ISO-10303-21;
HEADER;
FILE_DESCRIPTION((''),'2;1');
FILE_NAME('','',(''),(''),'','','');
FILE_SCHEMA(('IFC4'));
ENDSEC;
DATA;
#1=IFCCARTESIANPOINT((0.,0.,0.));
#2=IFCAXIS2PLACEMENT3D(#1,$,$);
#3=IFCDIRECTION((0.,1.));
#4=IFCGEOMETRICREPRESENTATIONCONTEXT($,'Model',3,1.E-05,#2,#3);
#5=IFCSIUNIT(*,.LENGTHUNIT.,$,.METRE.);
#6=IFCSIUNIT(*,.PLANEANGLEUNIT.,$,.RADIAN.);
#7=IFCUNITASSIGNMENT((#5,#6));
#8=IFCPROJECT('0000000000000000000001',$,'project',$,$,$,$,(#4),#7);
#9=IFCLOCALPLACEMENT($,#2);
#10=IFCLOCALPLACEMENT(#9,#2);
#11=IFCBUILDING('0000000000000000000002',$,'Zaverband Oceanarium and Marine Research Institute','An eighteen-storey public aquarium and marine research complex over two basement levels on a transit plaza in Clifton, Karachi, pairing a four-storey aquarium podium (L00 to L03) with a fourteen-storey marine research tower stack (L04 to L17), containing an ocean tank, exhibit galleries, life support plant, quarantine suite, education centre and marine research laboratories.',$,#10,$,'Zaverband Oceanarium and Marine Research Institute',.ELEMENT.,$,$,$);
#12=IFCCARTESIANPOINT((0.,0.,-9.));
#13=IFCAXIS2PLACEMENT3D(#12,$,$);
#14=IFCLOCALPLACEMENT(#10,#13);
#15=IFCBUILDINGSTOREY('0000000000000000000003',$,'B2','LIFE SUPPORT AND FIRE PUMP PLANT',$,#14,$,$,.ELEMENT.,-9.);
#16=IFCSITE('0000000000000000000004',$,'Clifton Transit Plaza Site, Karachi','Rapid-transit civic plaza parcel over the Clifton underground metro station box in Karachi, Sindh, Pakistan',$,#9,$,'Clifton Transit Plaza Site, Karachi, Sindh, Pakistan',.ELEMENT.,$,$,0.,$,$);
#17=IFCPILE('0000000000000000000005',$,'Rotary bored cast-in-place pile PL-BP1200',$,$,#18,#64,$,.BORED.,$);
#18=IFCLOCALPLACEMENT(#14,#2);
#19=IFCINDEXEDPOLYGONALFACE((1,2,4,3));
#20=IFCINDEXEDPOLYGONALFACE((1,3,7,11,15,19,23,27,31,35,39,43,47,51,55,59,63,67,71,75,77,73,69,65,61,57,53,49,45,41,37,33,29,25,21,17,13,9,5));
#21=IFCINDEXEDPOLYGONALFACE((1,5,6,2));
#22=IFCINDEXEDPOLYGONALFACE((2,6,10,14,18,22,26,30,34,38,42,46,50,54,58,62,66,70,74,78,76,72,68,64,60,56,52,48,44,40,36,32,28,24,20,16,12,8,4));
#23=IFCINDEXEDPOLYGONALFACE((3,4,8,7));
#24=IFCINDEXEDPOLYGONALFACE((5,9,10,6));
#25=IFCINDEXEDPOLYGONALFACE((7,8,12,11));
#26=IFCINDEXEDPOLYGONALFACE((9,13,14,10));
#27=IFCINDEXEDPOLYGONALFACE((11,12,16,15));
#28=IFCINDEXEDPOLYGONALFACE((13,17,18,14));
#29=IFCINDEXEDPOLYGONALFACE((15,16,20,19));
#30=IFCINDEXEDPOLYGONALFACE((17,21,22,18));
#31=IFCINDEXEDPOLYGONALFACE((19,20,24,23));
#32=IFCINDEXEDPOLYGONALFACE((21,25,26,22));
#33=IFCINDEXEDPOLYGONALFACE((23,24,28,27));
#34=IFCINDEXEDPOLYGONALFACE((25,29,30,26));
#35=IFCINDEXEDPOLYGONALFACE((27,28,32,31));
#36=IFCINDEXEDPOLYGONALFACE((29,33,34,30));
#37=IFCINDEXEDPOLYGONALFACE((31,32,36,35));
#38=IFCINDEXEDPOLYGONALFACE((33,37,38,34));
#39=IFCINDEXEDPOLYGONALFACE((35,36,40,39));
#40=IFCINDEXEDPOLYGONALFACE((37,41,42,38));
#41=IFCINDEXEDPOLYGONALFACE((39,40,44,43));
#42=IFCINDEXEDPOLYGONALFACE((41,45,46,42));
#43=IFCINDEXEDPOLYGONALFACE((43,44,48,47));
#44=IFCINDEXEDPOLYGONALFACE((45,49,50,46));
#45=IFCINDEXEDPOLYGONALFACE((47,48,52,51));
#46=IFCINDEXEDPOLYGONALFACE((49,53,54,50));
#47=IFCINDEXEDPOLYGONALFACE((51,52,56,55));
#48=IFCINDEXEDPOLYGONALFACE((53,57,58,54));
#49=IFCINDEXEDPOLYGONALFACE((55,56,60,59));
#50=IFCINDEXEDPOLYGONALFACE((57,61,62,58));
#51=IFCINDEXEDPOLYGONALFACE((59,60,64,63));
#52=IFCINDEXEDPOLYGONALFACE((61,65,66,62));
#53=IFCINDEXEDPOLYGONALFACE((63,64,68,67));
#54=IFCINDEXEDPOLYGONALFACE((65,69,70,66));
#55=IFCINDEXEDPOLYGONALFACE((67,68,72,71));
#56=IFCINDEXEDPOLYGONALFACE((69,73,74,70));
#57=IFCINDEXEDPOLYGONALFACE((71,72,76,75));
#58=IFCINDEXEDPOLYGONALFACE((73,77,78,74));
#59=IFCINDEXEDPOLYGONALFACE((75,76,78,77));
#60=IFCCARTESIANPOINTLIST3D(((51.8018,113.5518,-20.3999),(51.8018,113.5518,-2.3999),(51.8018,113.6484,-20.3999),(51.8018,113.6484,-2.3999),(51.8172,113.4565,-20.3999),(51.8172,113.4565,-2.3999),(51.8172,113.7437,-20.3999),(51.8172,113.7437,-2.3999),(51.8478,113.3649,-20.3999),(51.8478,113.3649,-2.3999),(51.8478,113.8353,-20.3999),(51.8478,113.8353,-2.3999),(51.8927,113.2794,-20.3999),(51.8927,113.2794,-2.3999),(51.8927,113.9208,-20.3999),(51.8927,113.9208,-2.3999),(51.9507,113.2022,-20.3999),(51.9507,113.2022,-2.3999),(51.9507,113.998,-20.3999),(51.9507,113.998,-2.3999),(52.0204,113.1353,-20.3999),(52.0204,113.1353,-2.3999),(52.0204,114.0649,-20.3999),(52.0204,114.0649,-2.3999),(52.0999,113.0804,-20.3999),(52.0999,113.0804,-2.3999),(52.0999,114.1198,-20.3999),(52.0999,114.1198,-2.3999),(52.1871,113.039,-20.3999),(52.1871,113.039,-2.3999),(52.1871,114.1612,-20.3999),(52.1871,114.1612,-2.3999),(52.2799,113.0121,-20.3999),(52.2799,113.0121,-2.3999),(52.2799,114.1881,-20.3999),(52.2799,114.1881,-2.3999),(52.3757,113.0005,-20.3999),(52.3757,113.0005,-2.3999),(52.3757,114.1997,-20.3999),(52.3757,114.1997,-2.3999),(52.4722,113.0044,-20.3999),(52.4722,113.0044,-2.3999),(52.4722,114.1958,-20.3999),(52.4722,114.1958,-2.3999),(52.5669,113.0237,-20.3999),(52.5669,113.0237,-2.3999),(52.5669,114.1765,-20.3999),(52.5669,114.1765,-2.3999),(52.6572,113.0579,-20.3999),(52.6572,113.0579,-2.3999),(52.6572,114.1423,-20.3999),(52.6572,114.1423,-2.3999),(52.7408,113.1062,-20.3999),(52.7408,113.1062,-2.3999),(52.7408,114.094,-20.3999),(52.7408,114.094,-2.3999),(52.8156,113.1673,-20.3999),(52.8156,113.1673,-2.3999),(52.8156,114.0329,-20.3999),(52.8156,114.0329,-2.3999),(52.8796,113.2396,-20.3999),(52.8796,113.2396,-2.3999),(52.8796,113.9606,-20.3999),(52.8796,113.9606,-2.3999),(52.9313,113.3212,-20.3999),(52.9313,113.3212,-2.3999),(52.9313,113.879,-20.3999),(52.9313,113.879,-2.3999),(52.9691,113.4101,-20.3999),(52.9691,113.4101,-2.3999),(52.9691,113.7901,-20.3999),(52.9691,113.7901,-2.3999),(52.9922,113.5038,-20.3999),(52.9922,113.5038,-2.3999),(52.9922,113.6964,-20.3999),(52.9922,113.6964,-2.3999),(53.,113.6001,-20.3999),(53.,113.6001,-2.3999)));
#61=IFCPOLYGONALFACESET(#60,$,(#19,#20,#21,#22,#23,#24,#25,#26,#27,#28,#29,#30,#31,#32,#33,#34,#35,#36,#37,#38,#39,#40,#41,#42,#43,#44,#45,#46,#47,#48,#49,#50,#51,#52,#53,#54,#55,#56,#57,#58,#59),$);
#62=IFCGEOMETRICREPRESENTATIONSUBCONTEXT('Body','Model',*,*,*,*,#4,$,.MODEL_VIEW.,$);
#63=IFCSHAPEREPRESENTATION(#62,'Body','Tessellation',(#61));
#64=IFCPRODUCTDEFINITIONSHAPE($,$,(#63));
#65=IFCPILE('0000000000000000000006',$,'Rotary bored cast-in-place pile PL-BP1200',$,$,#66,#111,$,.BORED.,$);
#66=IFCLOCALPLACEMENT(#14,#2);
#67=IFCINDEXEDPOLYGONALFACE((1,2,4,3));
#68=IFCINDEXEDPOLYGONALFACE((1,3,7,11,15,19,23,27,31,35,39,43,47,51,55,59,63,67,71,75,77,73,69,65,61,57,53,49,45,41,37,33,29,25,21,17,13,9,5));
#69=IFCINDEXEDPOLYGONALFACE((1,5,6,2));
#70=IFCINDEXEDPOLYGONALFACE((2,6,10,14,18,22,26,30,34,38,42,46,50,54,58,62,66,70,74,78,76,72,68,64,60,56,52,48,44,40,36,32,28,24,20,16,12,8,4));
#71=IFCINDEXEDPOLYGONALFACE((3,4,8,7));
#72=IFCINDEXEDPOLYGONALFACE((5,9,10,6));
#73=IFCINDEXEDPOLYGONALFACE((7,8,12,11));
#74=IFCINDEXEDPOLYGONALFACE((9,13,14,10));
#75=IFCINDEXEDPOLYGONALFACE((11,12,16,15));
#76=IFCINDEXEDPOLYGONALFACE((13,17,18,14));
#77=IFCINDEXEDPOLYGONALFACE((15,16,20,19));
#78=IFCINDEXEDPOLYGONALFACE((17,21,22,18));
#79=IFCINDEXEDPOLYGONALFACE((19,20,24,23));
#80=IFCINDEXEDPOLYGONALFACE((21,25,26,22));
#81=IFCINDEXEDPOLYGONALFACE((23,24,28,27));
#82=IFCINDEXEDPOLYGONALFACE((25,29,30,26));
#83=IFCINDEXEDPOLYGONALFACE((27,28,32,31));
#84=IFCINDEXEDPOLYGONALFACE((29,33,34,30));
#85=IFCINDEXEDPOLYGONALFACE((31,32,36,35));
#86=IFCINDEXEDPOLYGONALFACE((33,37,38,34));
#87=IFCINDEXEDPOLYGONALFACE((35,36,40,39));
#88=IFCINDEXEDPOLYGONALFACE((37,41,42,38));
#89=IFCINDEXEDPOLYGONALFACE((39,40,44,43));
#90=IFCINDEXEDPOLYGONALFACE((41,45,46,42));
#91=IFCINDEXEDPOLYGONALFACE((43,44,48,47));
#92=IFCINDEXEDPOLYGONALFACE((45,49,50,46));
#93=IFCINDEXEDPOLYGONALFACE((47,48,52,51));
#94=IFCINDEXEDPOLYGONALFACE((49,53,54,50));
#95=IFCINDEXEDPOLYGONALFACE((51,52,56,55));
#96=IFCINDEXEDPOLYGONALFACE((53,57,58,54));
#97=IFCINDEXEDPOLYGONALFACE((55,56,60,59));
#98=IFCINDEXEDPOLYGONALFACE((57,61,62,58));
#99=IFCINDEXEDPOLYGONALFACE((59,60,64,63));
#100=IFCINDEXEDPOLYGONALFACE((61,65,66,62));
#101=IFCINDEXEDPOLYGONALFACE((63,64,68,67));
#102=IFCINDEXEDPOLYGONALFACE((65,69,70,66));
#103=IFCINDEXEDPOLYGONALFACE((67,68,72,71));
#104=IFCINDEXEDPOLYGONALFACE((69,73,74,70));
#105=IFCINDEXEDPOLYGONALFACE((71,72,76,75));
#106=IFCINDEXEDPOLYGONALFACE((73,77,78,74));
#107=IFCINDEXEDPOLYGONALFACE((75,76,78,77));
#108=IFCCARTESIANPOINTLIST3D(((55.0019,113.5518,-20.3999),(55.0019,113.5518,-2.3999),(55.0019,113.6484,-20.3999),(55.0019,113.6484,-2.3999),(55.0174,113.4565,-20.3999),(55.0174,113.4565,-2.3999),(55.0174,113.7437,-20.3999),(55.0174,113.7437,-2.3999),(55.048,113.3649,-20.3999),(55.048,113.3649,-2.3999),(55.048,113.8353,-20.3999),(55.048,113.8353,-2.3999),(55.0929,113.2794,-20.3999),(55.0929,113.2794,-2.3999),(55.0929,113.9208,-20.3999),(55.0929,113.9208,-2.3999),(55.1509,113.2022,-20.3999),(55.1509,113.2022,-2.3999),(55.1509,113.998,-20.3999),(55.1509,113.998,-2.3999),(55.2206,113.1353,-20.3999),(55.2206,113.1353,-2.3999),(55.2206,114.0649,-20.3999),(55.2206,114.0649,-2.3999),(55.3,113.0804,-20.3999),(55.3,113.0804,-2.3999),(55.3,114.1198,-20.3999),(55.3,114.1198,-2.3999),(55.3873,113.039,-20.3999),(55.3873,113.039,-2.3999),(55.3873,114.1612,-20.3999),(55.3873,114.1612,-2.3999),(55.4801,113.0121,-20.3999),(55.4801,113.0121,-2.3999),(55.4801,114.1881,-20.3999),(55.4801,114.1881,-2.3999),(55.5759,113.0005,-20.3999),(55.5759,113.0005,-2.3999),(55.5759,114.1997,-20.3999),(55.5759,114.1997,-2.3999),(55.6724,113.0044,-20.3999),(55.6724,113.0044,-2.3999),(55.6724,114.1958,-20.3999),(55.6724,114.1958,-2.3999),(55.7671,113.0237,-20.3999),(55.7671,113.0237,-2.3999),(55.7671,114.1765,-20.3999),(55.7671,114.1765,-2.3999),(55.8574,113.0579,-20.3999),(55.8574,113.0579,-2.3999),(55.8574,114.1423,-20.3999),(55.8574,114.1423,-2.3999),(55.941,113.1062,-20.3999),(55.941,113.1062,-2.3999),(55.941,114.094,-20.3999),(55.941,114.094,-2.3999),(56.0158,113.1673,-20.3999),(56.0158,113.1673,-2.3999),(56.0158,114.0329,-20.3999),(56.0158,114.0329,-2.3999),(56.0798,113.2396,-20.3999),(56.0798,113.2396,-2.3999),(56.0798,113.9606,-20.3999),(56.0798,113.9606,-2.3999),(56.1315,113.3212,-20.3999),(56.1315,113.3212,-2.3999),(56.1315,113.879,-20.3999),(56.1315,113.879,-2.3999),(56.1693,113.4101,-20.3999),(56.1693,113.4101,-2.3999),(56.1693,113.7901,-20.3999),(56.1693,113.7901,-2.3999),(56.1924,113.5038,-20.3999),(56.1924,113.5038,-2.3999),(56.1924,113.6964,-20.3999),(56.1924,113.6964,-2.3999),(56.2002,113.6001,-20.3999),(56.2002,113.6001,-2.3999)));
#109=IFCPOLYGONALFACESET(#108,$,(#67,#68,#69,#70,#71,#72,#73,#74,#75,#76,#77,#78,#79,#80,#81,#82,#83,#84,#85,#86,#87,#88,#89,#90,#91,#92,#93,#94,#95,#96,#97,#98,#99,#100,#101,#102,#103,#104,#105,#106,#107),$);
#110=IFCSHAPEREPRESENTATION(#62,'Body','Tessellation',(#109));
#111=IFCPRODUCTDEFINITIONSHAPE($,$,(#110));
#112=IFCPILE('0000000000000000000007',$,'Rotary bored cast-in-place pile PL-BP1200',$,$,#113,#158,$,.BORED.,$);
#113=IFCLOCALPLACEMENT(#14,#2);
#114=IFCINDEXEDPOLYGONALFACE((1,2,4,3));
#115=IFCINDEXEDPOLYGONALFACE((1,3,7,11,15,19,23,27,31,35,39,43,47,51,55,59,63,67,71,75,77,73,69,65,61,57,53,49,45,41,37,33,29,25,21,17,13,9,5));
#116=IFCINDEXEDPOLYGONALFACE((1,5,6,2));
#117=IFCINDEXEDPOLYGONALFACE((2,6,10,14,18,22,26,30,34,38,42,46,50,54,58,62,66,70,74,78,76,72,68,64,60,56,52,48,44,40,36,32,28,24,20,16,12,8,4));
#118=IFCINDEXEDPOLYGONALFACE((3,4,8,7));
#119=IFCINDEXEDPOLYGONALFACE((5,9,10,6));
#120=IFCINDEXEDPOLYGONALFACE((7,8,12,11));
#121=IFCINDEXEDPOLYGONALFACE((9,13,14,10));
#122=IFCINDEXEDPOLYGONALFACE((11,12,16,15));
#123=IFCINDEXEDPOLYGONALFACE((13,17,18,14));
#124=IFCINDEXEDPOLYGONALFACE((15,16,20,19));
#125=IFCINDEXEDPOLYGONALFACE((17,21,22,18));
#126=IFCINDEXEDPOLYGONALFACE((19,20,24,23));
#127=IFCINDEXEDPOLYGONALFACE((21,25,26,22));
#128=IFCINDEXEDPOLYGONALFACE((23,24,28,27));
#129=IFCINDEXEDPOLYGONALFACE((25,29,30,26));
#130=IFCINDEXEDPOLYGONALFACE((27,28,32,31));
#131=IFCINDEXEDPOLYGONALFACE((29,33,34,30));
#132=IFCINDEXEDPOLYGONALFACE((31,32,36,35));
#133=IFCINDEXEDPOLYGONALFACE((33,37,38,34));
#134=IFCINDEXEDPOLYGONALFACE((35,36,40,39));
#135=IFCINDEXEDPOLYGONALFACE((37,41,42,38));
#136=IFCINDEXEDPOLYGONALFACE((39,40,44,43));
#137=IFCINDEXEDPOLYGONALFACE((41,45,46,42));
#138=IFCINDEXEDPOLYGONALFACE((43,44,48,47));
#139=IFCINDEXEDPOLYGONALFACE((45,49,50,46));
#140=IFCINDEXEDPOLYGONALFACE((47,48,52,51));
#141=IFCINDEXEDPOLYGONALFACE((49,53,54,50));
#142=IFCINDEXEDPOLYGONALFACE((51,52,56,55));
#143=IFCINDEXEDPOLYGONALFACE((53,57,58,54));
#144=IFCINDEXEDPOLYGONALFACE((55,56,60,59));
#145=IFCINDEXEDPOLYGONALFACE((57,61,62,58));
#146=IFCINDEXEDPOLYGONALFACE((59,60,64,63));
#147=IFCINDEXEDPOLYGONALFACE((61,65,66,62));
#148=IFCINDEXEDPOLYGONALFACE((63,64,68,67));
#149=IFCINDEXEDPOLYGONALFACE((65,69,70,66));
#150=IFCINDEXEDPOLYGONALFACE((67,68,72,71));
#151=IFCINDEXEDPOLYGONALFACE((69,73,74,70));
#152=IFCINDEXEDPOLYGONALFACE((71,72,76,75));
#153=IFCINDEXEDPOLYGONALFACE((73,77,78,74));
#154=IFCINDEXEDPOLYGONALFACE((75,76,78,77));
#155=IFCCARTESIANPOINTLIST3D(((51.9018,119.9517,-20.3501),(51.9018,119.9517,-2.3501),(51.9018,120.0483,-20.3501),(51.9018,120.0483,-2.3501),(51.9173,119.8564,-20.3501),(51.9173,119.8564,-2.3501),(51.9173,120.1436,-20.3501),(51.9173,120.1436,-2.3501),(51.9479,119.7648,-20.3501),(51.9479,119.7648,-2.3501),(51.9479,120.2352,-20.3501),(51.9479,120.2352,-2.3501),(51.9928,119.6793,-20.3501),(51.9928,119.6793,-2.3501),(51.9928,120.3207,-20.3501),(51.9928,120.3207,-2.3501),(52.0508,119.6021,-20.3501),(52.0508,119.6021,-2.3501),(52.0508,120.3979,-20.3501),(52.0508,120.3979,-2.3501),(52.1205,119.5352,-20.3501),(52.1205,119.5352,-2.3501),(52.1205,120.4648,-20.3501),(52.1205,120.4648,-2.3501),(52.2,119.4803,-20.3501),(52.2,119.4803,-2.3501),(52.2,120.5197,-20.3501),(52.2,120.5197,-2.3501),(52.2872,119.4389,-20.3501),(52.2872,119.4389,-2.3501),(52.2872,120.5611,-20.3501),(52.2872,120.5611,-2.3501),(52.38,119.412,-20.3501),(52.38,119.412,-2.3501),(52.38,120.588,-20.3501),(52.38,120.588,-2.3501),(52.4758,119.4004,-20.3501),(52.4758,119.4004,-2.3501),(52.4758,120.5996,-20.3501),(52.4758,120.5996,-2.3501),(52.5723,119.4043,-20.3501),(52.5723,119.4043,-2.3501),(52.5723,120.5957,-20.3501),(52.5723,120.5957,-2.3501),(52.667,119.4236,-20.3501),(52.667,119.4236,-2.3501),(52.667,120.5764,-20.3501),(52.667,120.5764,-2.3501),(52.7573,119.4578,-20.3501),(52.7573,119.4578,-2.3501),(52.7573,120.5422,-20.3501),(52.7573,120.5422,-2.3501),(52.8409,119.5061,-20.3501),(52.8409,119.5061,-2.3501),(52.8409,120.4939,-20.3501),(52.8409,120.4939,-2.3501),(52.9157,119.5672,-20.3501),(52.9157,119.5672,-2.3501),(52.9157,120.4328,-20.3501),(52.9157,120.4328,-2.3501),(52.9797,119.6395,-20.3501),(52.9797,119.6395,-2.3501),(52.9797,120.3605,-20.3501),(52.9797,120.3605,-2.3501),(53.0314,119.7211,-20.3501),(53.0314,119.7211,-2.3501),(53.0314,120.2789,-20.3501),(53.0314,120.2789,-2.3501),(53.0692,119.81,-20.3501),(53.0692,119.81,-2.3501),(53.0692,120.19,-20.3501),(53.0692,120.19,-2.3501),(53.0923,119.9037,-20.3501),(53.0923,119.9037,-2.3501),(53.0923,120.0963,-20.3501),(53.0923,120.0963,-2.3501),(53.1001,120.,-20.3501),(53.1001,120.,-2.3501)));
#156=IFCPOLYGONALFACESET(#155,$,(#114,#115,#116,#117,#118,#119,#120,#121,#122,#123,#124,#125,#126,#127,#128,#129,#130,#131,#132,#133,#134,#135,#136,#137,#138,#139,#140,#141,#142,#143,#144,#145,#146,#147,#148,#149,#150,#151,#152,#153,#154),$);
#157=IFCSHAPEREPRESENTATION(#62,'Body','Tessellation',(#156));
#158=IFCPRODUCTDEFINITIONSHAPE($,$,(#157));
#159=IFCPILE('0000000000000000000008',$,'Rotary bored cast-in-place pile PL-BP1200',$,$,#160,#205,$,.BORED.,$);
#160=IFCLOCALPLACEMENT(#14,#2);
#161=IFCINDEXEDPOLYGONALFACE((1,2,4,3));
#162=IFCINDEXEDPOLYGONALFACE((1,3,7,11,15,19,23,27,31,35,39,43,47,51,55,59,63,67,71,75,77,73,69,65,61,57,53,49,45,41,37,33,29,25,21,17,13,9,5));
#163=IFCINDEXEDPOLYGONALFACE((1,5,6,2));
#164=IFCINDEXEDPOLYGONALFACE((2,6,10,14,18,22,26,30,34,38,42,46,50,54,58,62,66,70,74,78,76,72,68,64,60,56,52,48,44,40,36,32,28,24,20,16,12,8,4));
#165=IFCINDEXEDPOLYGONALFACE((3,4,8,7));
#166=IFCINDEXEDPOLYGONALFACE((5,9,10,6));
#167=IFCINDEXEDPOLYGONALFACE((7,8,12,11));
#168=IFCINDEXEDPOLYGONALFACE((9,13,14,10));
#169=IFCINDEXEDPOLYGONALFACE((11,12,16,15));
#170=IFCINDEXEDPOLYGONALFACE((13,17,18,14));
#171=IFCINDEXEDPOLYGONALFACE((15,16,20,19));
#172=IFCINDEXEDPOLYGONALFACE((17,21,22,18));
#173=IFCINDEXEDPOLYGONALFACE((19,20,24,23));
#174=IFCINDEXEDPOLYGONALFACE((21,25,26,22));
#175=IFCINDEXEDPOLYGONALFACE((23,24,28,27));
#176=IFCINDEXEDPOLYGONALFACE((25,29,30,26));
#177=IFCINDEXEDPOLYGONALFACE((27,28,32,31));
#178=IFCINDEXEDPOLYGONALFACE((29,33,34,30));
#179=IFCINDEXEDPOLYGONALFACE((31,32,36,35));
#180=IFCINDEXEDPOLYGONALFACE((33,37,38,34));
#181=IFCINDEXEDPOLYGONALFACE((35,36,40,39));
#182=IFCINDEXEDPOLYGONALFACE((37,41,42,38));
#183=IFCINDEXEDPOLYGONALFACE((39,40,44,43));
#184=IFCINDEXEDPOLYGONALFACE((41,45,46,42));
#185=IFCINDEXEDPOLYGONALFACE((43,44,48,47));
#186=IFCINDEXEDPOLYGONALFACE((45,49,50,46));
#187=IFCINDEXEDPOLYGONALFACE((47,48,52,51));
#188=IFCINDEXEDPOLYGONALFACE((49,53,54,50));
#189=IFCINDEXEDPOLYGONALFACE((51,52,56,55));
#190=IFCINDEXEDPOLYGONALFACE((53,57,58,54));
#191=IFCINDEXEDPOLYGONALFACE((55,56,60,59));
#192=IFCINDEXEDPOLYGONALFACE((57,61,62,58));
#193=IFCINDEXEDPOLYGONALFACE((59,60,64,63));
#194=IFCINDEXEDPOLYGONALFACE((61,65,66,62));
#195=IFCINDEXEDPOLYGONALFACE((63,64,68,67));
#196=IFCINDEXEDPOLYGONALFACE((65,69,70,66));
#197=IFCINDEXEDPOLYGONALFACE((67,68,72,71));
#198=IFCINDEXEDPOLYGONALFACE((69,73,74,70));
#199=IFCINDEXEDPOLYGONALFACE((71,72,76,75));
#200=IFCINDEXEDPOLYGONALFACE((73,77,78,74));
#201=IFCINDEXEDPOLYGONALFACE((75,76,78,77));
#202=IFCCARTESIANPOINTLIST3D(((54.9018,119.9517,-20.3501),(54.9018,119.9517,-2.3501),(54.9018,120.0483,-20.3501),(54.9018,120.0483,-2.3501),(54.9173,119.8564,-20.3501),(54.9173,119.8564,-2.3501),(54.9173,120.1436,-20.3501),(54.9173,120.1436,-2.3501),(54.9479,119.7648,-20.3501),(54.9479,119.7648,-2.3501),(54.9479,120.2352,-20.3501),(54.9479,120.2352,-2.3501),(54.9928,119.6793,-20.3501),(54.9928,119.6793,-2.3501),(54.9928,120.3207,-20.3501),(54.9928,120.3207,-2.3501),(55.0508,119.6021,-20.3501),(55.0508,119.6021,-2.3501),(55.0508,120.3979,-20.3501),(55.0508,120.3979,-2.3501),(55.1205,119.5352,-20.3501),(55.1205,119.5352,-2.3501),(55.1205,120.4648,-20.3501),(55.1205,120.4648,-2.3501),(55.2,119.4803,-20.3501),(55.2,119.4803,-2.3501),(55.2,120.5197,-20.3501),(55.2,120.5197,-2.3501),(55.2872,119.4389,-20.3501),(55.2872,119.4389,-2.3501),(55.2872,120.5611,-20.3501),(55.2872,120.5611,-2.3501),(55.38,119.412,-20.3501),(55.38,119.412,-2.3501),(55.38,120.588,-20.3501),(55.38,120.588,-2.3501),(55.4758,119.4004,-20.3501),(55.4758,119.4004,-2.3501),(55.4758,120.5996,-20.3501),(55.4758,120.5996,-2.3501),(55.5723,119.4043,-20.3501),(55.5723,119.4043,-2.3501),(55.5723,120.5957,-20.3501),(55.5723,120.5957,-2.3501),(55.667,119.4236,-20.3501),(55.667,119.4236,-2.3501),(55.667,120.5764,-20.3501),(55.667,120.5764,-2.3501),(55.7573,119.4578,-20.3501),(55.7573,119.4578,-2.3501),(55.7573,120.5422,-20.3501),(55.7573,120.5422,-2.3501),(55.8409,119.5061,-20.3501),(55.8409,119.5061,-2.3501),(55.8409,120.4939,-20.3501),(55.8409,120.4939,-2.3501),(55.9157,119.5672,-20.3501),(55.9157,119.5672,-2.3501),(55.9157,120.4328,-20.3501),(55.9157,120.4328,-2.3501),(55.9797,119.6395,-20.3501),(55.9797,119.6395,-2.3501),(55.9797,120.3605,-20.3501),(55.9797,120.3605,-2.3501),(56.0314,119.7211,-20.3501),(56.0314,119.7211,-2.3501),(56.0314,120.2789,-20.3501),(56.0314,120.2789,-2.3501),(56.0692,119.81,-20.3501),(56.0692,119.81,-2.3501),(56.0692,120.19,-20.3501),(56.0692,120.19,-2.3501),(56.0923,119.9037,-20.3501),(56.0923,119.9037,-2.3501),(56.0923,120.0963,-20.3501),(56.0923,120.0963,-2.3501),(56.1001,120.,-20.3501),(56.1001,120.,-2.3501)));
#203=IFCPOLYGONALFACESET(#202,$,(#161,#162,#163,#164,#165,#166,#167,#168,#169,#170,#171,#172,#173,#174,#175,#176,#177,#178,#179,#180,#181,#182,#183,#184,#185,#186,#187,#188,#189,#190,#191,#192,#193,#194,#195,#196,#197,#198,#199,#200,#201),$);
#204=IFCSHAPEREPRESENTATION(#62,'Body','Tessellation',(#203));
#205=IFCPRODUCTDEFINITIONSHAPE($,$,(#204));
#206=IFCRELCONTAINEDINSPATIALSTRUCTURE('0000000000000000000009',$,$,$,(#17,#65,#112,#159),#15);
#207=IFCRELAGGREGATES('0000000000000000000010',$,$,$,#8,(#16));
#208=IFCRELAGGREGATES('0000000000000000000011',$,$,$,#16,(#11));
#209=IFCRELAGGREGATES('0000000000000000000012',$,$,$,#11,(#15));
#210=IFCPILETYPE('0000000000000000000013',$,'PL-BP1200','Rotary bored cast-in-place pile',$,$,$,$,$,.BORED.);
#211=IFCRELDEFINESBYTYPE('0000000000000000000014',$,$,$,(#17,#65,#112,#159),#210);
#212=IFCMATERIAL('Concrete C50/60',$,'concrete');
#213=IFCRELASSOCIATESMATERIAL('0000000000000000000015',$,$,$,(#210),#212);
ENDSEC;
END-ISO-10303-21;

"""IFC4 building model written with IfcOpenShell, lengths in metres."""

from ifc_helpers import new_model, si_unit, direction, frame, origin, origin_2d, place, context, subcontext, project, spatial, circle, extrude, material, material_profile, profile_set, type_object, element, save


model = new_model("IFC4")

# Units and contexts
model_context = context("Model", 3, precision=1e-05, world=origin(), true_north=direction((0.0, 1.0)))
body_context = subcontext(model_context, "Body", "Model", "MODEL_VIEW")
ifc_project = project(units=[si_unit("LENGTHUNIT", "METRE"), si_unit("PLANEANGLEUNIT", "RADIAN")], contexts=[model_context])

# Site, building, storey
site_placement = place(None, origin())
site = spatial("IfcSite", under=ifc_project, at=site_placement, Name="Clifton Transit Plaza Site, Karachi", Description="Rapid-transit civic plaza parcel over the Clifton underground metro station box in Karachi, Sindh, Pakistan", LongName="Clifton Transit Plaza Site, Karachi, Sindh, Pakistan", CompositionType="ELEMENT", RefElevation=0.0)
building_placement = place(site_placement, origin())
building = spatial("IfcBuilding", under=site, at=building_placement, Name="Zaverband Oceanarium and Marine Research Institute", Description="An eighteen-storey public aquarium and marine research complex over two basement levels on a transit plaza in Clifton, Karachi, pairing a four-storey aquarium podium (L00 to L03) with a fourteen-storey marine research tower stack (L04 to L17), containing an ocean tank, exhibit galleries, life support plant, quarantine suite, education centre and marine research laboratories.", LongName="Zaverband Oceanarium and Marine Research Institute", CompositionType="ELEMENT")
storey_placement = place(building_placement, frame((0.0, 0.0, -9.0)))
storey = spatial("IfcBuildingStorey", under=building, at=storey_placement, Name="B2", Description="LIFE SUPPORT AND FIRE PUMP PLANT", CompositionType="ELEMENT", Elevation=-9.0)

# Shared definitions
ifc_material_1 = material(Name="Concrete C50/60", Category="concrete")

# Piles
ifc_material_profile_1 = material_profile(ifc_material_1, circle(Radius=0.6001, at=origin_2d()), Name="BP1200")
ifc_profile_set_1 = profile_set([ifc_material_profile_1], Name="Concrete C50/60")
pile_type = type_object("IfcPileType", Name="PL-BP1200", Description="Rotary bored cast-in-place pile", PredefinedType="BORED", material=ifc_profile_set_1)
for number, where, z_axis, x_axis, name in (
    (1, (52.3999, 113.6001, -2.3999), (0.0, 0.0, -1.0), (1.0, 0.0, 0.0), "Rotary bored cast-in-place pile PL-BP1200"),
    (2, (55.6001, 113.6001, -2.3999), (0.0, 0.0, -1.0), (1.0, 0.0, 0.0), "Rotary bored cast-in-place pile PL-BP1200"),
    (3, (52.5, 120.0, -2.3501), (0.0, 0.0, -1.0), (1.0, 0.0, 0.0), "Rotary bored cast-in-place pile PL-BP1200"),
    (4, (55.5, 120.0, -2.3501), (0.0, 0.0, -1.0), (1.0, 0.0, 0.0), "Rotary bored cast-in-place pile PL-BP1200"),
):
    element("IfcPile", number, at=place(storey_placement, frame(where, z_axis=z_axis, x_axis=x_axis)), inside=storey, type_object=pile_type, Name=name, PredefinedType="BORED", context=body_context, shape_type="SweptSolid", body=[
        extrude(circle(Radius=0.6001, at=origin_2d()), origin(), (0.0, 0.0, 1.0), 18.0),
    ])

save(model, "model.ifc")
